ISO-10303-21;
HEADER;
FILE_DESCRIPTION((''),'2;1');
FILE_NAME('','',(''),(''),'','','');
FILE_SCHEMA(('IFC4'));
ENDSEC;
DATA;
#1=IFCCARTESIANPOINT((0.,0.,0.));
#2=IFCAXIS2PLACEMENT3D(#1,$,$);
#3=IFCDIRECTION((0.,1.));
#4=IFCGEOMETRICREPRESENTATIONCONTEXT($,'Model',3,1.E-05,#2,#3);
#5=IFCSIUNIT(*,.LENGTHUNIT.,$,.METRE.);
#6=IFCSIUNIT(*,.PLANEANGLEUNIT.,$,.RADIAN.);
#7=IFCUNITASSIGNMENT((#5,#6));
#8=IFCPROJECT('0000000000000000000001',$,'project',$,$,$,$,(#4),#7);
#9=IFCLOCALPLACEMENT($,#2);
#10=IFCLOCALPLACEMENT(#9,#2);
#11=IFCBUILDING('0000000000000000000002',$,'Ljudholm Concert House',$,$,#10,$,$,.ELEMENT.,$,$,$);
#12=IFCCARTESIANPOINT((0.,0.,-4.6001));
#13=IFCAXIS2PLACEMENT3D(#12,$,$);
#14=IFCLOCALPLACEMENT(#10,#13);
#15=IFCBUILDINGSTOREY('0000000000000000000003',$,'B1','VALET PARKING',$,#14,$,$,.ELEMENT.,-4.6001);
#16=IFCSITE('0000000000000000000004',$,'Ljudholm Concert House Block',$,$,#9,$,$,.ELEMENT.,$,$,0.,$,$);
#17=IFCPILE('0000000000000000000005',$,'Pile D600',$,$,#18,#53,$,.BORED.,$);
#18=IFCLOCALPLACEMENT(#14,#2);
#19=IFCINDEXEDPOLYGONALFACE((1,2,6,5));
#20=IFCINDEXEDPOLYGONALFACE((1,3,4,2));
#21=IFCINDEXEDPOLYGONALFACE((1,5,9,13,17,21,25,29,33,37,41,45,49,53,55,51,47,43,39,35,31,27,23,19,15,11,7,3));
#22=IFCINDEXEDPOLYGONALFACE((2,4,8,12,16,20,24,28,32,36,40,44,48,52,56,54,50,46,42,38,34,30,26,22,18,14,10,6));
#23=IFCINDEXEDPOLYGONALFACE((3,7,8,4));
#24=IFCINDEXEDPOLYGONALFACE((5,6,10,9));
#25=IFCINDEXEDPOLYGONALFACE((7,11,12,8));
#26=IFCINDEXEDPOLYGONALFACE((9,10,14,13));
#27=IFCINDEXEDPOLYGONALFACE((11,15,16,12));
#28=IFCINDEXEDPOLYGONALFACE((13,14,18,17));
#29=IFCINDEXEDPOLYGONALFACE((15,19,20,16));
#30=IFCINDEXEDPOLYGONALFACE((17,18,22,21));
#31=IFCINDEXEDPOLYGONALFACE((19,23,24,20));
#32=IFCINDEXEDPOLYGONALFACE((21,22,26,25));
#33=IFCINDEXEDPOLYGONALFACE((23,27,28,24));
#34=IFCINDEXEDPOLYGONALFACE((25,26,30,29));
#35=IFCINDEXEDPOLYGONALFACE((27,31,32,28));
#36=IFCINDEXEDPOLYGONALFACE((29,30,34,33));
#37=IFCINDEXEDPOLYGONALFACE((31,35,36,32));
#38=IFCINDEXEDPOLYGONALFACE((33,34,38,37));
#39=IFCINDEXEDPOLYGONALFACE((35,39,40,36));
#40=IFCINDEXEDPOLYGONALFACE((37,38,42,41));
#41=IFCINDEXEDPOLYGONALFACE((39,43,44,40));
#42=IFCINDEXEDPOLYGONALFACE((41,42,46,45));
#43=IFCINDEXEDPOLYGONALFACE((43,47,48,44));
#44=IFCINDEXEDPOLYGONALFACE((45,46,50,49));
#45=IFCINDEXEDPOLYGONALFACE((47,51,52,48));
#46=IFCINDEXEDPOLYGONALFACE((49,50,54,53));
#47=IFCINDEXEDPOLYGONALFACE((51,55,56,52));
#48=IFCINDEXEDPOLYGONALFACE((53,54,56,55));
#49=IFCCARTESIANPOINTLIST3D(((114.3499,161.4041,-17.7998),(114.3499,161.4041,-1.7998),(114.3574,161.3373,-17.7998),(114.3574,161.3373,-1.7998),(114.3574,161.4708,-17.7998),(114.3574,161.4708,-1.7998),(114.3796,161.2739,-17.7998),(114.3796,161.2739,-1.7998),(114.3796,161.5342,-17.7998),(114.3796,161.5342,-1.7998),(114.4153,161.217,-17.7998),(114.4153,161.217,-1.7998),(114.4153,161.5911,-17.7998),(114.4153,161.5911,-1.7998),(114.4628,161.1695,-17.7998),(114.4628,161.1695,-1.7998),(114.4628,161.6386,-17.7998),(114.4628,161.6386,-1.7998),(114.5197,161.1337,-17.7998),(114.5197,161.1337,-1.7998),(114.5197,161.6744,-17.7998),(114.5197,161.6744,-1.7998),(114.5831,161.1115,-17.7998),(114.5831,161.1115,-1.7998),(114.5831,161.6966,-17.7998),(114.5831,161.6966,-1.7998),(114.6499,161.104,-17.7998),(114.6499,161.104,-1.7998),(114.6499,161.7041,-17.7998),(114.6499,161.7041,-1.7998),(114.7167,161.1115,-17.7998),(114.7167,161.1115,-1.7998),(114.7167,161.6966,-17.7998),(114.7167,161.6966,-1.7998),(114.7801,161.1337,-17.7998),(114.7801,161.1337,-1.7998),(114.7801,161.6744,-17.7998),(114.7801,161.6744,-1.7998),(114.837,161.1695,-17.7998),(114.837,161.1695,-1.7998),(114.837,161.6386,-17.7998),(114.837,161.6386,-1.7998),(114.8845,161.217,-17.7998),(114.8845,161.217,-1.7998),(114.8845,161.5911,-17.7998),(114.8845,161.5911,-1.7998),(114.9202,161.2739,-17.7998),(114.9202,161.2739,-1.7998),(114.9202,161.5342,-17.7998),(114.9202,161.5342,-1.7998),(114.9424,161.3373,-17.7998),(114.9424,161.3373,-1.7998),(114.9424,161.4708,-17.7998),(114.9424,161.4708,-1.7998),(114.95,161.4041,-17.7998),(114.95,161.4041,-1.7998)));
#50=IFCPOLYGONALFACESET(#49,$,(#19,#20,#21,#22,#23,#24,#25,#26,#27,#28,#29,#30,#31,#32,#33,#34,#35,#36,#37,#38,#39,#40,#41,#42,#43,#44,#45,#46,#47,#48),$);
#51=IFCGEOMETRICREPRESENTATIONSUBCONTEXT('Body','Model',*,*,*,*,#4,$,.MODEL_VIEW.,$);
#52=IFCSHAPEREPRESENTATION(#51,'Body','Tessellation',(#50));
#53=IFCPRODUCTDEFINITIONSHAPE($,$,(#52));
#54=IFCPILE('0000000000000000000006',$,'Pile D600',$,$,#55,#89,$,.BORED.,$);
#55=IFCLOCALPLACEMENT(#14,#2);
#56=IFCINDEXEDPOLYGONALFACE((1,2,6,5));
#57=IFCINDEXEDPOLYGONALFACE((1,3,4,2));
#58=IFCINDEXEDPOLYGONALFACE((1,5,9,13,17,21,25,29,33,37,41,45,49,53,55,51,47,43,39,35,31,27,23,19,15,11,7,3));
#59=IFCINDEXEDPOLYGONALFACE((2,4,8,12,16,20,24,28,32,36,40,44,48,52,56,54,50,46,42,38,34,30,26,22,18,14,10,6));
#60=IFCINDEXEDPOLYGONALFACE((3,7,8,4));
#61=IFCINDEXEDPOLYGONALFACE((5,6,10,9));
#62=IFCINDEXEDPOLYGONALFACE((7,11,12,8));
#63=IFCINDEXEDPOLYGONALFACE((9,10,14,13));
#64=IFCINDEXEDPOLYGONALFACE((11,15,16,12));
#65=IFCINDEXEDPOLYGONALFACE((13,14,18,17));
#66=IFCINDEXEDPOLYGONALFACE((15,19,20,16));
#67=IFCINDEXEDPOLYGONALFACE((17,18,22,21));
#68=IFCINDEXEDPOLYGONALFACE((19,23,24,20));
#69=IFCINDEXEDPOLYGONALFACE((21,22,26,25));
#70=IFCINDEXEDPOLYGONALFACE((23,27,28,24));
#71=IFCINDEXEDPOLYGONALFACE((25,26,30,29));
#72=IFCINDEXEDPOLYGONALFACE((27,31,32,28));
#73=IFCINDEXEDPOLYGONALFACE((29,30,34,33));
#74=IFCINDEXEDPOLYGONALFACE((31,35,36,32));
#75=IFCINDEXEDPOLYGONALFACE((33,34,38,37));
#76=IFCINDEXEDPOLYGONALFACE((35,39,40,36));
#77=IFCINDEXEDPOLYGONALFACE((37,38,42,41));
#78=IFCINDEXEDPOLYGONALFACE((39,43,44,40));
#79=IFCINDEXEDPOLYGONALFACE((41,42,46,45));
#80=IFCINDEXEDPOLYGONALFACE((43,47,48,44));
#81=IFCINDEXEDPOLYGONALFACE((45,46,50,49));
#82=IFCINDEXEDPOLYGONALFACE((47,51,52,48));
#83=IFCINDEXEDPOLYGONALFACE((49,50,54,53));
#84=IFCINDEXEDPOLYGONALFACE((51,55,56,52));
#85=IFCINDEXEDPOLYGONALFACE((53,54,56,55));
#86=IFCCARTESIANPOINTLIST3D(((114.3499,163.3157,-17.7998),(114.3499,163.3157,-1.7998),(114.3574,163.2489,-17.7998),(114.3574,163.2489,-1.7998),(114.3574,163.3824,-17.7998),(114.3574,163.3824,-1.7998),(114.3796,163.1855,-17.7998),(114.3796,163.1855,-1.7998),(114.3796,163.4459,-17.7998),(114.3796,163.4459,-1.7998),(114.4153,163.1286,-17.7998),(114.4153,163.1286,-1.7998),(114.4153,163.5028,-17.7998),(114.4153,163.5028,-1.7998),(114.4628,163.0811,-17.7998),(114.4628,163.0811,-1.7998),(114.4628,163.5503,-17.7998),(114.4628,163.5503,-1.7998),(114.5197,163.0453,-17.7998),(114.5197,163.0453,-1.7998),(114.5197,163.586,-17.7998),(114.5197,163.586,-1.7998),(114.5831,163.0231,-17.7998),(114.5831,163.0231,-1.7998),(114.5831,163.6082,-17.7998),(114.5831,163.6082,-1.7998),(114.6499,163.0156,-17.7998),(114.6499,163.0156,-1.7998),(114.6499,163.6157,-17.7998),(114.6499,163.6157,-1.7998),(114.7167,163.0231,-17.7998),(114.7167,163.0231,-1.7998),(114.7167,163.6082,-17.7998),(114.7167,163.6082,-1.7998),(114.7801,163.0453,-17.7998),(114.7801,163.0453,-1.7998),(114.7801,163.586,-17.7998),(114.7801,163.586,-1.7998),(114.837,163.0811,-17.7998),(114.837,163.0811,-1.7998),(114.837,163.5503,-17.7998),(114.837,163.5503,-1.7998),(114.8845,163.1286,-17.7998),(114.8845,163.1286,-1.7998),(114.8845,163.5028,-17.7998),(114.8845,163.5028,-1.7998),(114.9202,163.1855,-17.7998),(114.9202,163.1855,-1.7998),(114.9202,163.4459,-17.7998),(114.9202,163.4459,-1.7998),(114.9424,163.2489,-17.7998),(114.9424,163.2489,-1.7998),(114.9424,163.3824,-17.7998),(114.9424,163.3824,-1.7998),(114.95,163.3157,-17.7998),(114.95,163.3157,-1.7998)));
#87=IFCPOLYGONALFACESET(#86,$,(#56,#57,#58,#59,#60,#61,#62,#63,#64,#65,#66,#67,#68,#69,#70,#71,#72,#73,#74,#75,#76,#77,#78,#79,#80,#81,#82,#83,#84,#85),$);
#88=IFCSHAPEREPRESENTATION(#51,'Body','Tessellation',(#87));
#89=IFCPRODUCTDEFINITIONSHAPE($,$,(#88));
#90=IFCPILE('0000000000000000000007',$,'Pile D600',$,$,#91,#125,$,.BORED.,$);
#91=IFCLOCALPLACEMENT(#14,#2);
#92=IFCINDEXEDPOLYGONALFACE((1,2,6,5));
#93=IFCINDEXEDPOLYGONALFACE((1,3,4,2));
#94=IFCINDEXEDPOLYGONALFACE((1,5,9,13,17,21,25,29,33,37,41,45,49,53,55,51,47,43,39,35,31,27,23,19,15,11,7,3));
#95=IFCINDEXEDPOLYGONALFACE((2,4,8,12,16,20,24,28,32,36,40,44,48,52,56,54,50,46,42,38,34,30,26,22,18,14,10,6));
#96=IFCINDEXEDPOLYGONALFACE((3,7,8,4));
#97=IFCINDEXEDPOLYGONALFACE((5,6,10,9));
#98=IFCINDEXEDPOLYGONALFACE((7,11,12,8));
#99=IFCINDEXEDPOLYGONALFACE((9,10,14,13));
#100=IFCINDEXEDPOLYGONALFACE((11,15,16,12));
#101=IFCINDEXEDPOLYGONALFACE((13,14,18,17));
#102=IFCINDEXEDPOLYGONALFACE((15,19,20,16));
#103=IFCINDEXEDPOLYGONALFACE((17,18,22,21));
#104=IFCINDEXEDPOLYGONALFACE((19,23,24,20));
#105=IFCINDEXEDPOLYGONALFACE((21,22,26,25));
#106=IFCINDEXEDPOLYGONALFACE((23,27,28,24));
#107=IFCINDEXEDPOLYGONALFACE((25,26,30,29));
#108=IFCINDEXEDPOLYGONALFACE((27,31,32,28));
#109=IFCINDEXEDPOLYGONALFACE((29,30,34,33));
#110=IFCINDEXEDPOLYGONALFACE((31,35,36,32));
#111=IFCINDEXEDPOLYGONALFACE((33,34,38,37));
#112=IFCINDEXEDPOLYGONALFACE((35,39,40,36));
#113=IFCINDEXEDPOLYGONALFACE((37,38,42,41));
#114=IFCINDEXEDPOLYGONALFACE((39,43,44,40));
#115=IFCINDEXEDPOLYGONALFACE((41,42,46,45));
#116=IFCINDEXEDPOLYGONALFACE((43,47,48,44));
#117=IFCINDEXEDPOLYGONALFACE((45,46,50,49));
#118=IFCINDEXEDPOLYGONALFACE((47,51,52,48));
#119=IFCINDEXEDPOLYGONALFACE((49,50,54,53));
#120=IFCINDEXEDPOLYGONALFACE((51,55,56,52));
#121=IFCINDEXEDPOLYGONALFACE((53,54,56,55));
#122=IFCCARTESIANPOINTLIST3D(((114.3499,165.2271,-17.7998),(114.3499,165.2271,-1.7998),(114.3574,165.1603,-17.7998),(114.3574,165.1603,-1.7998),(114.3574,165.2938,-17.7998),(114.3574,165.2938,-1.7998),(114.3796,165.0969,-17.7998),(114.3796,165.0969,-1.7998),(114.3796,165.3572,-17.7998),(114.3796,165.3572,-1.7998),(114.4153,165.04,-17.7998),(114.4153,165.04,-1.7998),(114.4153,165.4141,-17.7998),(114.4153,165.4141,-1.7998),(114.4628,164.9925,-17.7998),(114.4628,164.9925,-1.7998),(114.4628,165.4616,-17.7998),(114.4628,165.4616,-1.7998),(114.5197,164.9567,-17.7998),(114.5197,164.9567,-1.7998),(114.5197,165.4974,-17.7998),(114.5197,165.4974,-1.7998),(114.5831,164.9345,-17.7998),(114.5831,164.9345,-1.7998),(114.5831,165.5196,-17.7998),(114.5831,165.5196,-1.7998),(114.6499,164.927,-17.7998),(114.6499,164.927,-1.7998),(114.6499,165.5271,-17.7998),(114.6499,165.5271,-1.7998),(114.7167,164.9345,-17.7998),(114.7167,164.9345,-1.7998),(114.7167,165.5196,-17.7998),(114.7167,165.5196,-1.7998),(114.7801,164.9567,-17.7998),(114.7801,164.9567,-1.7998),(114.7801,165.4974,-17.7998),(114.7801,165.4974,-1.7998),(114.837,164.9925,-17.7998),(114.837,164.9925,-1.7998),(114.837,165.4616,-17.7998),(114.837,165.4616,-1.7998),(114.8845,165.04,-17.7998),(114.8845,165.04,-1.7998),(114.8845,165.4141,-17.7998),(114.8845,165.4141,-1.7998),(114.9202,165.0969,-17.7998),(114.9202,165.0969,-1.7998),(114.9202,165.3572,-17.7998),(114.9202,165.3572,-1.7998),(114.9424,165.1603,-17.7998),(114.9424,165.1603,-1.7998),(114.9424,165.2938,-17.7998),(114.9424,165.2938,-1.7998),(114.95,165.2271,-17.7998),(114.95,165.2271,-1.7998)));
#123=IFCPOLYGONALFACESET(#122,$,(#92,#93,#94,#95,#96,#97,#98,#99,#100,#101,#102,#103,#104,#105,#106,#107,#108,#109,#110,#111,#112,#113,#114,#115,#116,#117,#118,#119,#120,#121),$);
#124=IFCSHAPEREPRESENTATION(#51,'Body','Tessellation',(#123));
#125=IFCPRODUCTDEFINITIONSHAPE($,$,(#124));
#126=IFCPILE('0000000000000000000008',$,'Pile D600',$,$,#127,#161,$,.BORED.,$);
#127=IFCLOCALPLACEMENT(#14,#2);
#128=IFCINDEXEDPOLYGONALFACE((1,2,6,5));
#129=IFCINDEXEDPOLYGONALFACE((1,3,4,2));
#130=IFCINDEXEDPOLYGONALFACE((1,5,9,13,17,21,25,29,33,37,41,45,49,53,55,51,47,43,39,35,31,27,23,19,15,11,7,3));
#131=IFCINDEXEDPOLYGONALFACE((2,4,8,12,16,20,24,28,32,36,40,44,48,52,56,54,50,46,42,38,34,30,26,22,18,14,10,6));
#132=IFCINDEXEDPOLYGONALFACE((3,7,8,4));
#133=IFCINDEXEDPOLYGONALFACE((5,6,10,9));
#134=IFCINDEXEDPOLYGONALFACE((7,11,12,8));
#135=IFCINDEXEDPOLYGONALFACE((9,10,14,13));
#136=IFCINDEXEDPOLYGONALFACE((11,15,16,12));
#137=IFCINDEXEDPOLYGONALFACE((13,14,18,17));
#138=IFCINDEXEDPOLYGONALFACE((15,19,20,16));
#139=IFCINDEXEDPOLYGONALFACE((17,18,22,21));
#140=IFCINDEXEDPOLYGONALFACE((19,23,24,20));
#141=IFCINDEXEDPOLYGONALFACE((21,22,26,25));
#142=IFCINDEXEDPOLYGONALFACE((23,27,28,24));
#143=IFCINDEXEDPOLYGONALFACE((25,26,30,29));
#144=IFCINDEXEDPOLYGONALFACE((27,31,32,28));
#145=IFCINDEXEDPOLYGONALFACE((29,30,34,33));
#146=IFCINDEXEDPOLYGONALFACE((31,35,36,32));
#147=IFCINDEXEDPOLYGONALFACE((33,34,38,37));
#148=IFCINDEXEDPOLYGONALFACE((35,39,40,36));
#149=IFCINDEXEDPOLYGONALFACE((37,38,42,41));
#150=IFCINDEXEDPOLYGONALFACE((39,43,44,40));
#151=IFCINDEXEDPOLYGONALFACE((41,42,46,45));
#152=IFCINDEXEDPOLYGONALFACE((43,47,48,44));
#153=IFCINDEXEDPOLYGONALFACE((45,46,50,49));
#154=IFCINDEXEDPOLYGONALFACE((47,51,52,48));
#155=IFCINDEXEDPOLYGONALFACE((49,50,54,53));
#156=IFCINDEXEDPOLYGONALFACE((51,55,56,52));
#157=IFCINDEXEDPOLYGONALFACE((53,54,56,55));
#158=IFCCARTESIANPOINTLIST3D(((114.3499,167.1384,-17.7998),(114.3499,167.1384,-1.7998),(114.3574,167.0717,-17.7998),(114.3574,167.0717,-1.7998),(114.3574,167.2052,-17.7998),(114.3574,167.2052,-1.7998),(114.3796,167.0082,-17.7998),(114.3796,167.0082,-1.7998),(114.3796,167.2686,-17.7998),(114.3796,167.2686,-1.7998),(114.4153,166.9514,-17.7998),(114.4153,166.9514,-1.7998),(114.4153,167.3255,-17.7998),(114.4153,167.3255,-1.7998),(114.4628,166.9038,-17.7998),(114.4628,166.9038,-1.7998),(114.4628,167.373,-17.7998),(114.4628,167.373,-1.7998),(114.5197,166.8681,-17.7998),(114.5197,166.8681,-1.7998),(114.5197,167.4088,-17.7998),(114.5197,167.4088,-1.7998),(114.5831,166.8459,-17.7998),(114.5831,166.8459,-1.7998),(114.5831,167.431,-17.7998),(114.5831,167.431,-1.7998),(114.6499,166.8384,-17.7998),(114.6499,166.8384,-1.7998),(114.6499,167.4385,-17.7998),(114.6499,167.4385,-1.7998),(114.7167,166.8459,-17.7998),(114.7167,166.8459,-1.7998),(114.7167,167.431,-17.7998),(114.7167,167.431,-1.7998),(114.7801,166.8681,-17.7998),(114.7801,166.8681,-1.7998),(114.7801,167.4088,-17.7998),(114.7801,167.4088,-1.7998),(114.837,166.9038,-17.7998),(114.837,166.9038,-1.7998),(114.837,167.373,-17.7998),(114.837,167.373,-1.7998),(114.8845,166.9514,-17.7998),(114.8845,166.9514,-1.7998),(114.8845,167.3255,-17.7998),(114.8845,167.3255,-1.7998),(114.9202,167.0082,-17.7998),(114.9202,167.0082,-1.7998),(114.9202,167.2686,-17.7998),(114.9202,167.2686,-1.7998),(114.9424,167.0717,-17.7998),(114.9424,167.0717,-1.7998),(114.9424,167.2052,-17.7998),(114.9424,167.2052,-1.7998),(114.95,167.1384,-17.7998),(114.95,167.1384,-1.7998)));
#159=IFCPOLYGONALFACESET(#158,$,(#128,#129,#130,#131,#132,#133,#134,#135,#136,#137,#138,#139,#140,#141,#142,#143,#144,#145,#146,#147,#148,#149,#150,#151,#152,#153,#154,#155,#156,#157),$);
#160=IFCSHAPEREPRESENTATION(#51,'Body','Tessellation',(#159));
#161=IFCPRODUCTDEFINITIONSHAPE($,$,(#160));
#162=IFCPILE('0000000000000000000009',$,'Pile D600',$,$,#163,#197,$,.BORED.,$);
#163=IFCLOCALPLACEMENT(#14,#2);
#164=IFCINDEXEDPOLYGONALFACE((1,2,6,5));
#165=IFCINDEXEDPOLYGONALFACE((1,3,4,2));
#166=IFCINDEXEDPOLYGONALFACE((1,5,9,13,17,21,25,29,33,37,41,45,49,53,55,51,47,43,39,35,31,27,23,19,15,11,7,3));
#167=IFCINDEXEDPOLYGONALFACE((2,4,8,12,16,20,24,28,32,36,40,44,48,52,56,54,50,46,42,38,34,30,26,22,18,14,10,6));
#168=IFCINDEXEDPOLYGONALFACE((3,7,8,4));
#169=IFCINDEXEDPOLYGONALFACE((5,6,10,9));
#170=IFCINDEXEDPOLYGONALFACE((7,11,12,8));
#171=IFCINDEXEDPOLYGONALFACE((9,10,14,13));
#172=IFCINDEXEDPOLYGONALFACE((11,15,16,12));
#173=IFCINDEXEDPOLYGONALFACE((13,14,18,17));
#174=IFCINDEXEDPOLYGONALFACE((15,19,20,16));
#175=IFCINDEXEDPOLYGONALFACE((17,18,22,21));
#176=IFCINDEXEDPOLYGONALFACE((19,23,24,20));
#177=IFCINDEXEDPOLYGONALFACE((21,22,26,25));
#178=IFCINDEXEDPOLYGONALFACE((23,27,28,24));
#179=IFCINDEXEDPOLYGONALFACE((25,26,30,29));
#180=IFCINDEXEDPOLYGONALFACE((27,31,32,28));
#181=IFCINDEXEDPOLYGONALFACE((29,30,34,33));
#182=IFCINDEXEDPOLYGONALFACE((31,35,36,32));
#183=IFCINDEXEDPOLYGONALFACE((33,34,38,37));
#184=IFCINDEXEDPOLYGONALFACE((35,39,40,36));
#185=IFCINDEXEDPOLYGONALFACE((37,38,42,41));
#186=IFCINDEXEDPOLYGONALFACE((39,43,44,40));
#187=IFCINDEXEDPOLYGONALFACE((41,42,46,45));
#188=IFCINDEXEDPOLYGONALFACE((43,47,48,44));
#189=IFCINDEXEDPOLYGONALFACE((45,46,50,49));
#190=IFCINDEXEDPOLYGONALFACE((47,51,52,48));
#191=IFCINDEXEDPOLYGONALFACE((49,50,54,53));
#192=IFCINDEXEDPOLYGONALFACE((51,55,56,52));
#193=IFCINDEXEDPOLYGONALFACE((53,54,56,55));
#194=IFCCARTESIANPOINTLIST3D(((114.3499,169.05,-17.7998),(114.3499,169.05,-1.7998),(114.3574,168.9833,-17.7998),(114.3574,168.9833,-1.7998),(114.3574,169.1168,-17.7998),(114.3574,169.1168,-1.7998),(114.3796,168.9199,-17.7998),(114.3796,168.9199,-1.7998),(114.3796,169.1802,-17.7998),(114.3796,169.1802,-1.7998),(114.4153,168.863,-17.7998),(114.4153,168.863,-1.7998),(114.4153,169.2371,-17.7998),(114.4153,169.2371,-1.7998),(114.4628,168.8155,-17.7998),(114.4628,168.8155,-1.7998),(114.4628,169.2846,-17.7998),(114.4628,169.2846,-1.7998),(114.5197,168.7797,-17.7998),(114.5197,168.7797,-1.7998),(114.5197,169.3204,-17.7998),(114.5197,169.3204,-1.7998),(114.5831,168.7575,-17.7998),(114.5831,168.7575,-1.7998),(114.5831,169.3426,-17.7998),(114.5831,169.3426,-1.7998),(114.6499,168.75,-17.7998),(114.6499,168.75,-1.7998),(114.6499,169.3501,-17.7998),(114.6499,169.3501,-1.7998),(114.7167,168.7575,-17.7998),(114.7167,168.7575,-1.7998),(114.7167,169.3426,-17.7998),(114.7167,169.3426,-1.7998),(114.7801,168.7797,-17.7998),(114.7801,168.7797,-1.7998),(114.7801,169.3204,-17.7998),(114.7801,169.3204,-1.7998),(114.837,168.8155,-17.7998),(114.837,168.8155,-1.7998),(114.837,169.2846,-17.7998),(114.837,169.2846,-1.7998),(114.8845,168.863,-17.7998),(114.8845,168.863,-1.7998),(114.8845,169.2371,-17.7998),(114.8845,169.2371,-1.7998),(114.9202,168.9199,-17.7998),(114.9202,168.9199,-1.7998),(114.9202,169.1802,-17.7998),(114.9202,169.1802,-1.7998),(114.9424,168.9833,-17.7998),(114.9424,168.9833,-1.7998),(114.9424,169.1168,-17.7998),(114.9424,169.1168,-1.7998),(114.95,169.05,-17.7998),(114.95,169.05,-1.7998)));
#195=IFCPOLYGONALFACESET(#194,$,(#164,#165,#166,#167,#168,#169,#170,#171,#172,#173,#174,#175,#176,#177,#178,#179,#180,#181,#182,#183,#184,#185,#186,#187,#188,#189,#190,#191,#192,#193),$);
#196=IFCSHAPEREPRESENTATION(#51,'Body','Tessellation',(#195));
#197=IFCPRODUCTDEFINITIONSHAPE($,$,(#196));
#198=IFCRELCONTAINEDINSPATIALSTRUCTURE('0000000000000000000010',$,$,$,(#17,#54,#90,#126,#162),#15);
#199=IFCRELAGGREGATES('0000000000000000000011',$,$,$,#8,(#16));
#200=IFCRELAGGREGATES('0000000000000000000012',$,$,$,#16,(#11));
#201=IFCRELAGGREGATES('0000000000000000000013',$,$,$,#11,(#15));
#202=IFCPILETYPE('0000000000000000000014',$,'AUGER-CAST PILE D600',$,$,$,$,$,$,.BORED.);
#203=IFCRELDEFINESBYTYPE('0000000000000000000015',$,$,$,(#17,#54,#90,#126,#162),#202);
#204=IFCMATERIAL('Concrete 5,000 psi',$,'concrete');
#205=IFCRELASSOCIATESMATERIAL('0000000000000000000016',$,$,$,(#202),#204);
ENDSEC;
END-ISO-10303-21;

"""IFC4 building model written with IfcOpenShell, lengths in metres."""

from ifc_helpers import new_model, si_unit, direction, frame, origin, origin_2d, place, context, subcontext, project, spatial, circle, extrude, material, material_profile, profile_set, type_object, element, save


model = new_model("IFC4")

# Units and contexts
model_context = context("Model", 3, precision=1e-05, world=origin(), true_north=direction((0.0, 1.0)))
body_context = subcontext(model_context, "Body", "Model", "MODEL_VIEW")
ifc_project = project(units=[si_unit("LENGTHUNIT", "METRE"), si_unit("PLANEANGLEUNIT", "RADIAN")], contexts=[model_context])

# Site, building, storey
site_placement = place(None, origin())
site = spatial("IfcSite", under=ifc_project, at=site_placement, Name="Ljudholm Concert House Block", CompositionType="ELEMENT", RefElevation=0.0)
building_placement = place(site_placement, origin())
building = spatial("IfcBuilding", under=site, at=building_placement, Name="Ljudholm Concert House", CompositionType="ELEMENT")
storey_placement = place(building_placement, frame((0.0, 0.0, -4.6001)))
storey = spatial("IfcBuildingStorey", under=building, at=storey_placement, Name="B1", Description="VALET PARKING", CompositionType="ELEMENT", Elevation=-4.6001)

# Piles
ifc_material_1 = material(Name="Concrete 5,000 psi", Category="concrete")
ifc_material_profile_1 = material_profile(ifc_material_1, circle(Radius=0.3, at=origin_2d()), Name="AUGER-CAST PILE D600")
ifc_profile_set_1 = profile_set([ifc_material_profile_1], Name="Concrete 5,000 psi")
pile_type = type_object("IfcPileType", Name="AUGER-CAST PILE D600", PredefinedType="BORED", material=ifc_profile_set_1)
for number, where, z_axis, x_axis, name in (
    (1, (114.6499, 161.4041, -1.7998), (0.0, 0.0, -1.0), (1.0, 0.0, 0.0), "Pile D600"),
    (2, (114.6499, 163.3157, -1.7998), (0.0, 0.0, -1.0), (1.0, 0.0, 0.0), "Pile D600"),
    (3, (114.6499, 165.2271, -1.7998), (0.0, 0.0, -1.0), (1.0, 0.0, 0.0), "Pile D600"),
    (4, (114.6499, 167.1384, -1.7998), (0.0, 0.0, -1.0), (1.0, 0.0, 0.0), "Pile D600"),
    (5, (114.6499, 169.05, -1.7998), (0.0, 0.0, -1.0), (1.0, 0.0, 0.0), "Pile D600"),
):
    element("IfcPile", number, at=place(storey_placement, frame(where, z_axis=z_axis, x_axis=x_axis)), inside=storey, type_object=pile_type, Name=name, PredefinedType="BORED", context=body_context, shape_type="SweptSolid", body=[
        extrude(circle(Radius=0.3, at=origin_2d()), origin(), (0.0, 0.0, 1.0), 16.0),
    ])

save(model, "model.ifc")
